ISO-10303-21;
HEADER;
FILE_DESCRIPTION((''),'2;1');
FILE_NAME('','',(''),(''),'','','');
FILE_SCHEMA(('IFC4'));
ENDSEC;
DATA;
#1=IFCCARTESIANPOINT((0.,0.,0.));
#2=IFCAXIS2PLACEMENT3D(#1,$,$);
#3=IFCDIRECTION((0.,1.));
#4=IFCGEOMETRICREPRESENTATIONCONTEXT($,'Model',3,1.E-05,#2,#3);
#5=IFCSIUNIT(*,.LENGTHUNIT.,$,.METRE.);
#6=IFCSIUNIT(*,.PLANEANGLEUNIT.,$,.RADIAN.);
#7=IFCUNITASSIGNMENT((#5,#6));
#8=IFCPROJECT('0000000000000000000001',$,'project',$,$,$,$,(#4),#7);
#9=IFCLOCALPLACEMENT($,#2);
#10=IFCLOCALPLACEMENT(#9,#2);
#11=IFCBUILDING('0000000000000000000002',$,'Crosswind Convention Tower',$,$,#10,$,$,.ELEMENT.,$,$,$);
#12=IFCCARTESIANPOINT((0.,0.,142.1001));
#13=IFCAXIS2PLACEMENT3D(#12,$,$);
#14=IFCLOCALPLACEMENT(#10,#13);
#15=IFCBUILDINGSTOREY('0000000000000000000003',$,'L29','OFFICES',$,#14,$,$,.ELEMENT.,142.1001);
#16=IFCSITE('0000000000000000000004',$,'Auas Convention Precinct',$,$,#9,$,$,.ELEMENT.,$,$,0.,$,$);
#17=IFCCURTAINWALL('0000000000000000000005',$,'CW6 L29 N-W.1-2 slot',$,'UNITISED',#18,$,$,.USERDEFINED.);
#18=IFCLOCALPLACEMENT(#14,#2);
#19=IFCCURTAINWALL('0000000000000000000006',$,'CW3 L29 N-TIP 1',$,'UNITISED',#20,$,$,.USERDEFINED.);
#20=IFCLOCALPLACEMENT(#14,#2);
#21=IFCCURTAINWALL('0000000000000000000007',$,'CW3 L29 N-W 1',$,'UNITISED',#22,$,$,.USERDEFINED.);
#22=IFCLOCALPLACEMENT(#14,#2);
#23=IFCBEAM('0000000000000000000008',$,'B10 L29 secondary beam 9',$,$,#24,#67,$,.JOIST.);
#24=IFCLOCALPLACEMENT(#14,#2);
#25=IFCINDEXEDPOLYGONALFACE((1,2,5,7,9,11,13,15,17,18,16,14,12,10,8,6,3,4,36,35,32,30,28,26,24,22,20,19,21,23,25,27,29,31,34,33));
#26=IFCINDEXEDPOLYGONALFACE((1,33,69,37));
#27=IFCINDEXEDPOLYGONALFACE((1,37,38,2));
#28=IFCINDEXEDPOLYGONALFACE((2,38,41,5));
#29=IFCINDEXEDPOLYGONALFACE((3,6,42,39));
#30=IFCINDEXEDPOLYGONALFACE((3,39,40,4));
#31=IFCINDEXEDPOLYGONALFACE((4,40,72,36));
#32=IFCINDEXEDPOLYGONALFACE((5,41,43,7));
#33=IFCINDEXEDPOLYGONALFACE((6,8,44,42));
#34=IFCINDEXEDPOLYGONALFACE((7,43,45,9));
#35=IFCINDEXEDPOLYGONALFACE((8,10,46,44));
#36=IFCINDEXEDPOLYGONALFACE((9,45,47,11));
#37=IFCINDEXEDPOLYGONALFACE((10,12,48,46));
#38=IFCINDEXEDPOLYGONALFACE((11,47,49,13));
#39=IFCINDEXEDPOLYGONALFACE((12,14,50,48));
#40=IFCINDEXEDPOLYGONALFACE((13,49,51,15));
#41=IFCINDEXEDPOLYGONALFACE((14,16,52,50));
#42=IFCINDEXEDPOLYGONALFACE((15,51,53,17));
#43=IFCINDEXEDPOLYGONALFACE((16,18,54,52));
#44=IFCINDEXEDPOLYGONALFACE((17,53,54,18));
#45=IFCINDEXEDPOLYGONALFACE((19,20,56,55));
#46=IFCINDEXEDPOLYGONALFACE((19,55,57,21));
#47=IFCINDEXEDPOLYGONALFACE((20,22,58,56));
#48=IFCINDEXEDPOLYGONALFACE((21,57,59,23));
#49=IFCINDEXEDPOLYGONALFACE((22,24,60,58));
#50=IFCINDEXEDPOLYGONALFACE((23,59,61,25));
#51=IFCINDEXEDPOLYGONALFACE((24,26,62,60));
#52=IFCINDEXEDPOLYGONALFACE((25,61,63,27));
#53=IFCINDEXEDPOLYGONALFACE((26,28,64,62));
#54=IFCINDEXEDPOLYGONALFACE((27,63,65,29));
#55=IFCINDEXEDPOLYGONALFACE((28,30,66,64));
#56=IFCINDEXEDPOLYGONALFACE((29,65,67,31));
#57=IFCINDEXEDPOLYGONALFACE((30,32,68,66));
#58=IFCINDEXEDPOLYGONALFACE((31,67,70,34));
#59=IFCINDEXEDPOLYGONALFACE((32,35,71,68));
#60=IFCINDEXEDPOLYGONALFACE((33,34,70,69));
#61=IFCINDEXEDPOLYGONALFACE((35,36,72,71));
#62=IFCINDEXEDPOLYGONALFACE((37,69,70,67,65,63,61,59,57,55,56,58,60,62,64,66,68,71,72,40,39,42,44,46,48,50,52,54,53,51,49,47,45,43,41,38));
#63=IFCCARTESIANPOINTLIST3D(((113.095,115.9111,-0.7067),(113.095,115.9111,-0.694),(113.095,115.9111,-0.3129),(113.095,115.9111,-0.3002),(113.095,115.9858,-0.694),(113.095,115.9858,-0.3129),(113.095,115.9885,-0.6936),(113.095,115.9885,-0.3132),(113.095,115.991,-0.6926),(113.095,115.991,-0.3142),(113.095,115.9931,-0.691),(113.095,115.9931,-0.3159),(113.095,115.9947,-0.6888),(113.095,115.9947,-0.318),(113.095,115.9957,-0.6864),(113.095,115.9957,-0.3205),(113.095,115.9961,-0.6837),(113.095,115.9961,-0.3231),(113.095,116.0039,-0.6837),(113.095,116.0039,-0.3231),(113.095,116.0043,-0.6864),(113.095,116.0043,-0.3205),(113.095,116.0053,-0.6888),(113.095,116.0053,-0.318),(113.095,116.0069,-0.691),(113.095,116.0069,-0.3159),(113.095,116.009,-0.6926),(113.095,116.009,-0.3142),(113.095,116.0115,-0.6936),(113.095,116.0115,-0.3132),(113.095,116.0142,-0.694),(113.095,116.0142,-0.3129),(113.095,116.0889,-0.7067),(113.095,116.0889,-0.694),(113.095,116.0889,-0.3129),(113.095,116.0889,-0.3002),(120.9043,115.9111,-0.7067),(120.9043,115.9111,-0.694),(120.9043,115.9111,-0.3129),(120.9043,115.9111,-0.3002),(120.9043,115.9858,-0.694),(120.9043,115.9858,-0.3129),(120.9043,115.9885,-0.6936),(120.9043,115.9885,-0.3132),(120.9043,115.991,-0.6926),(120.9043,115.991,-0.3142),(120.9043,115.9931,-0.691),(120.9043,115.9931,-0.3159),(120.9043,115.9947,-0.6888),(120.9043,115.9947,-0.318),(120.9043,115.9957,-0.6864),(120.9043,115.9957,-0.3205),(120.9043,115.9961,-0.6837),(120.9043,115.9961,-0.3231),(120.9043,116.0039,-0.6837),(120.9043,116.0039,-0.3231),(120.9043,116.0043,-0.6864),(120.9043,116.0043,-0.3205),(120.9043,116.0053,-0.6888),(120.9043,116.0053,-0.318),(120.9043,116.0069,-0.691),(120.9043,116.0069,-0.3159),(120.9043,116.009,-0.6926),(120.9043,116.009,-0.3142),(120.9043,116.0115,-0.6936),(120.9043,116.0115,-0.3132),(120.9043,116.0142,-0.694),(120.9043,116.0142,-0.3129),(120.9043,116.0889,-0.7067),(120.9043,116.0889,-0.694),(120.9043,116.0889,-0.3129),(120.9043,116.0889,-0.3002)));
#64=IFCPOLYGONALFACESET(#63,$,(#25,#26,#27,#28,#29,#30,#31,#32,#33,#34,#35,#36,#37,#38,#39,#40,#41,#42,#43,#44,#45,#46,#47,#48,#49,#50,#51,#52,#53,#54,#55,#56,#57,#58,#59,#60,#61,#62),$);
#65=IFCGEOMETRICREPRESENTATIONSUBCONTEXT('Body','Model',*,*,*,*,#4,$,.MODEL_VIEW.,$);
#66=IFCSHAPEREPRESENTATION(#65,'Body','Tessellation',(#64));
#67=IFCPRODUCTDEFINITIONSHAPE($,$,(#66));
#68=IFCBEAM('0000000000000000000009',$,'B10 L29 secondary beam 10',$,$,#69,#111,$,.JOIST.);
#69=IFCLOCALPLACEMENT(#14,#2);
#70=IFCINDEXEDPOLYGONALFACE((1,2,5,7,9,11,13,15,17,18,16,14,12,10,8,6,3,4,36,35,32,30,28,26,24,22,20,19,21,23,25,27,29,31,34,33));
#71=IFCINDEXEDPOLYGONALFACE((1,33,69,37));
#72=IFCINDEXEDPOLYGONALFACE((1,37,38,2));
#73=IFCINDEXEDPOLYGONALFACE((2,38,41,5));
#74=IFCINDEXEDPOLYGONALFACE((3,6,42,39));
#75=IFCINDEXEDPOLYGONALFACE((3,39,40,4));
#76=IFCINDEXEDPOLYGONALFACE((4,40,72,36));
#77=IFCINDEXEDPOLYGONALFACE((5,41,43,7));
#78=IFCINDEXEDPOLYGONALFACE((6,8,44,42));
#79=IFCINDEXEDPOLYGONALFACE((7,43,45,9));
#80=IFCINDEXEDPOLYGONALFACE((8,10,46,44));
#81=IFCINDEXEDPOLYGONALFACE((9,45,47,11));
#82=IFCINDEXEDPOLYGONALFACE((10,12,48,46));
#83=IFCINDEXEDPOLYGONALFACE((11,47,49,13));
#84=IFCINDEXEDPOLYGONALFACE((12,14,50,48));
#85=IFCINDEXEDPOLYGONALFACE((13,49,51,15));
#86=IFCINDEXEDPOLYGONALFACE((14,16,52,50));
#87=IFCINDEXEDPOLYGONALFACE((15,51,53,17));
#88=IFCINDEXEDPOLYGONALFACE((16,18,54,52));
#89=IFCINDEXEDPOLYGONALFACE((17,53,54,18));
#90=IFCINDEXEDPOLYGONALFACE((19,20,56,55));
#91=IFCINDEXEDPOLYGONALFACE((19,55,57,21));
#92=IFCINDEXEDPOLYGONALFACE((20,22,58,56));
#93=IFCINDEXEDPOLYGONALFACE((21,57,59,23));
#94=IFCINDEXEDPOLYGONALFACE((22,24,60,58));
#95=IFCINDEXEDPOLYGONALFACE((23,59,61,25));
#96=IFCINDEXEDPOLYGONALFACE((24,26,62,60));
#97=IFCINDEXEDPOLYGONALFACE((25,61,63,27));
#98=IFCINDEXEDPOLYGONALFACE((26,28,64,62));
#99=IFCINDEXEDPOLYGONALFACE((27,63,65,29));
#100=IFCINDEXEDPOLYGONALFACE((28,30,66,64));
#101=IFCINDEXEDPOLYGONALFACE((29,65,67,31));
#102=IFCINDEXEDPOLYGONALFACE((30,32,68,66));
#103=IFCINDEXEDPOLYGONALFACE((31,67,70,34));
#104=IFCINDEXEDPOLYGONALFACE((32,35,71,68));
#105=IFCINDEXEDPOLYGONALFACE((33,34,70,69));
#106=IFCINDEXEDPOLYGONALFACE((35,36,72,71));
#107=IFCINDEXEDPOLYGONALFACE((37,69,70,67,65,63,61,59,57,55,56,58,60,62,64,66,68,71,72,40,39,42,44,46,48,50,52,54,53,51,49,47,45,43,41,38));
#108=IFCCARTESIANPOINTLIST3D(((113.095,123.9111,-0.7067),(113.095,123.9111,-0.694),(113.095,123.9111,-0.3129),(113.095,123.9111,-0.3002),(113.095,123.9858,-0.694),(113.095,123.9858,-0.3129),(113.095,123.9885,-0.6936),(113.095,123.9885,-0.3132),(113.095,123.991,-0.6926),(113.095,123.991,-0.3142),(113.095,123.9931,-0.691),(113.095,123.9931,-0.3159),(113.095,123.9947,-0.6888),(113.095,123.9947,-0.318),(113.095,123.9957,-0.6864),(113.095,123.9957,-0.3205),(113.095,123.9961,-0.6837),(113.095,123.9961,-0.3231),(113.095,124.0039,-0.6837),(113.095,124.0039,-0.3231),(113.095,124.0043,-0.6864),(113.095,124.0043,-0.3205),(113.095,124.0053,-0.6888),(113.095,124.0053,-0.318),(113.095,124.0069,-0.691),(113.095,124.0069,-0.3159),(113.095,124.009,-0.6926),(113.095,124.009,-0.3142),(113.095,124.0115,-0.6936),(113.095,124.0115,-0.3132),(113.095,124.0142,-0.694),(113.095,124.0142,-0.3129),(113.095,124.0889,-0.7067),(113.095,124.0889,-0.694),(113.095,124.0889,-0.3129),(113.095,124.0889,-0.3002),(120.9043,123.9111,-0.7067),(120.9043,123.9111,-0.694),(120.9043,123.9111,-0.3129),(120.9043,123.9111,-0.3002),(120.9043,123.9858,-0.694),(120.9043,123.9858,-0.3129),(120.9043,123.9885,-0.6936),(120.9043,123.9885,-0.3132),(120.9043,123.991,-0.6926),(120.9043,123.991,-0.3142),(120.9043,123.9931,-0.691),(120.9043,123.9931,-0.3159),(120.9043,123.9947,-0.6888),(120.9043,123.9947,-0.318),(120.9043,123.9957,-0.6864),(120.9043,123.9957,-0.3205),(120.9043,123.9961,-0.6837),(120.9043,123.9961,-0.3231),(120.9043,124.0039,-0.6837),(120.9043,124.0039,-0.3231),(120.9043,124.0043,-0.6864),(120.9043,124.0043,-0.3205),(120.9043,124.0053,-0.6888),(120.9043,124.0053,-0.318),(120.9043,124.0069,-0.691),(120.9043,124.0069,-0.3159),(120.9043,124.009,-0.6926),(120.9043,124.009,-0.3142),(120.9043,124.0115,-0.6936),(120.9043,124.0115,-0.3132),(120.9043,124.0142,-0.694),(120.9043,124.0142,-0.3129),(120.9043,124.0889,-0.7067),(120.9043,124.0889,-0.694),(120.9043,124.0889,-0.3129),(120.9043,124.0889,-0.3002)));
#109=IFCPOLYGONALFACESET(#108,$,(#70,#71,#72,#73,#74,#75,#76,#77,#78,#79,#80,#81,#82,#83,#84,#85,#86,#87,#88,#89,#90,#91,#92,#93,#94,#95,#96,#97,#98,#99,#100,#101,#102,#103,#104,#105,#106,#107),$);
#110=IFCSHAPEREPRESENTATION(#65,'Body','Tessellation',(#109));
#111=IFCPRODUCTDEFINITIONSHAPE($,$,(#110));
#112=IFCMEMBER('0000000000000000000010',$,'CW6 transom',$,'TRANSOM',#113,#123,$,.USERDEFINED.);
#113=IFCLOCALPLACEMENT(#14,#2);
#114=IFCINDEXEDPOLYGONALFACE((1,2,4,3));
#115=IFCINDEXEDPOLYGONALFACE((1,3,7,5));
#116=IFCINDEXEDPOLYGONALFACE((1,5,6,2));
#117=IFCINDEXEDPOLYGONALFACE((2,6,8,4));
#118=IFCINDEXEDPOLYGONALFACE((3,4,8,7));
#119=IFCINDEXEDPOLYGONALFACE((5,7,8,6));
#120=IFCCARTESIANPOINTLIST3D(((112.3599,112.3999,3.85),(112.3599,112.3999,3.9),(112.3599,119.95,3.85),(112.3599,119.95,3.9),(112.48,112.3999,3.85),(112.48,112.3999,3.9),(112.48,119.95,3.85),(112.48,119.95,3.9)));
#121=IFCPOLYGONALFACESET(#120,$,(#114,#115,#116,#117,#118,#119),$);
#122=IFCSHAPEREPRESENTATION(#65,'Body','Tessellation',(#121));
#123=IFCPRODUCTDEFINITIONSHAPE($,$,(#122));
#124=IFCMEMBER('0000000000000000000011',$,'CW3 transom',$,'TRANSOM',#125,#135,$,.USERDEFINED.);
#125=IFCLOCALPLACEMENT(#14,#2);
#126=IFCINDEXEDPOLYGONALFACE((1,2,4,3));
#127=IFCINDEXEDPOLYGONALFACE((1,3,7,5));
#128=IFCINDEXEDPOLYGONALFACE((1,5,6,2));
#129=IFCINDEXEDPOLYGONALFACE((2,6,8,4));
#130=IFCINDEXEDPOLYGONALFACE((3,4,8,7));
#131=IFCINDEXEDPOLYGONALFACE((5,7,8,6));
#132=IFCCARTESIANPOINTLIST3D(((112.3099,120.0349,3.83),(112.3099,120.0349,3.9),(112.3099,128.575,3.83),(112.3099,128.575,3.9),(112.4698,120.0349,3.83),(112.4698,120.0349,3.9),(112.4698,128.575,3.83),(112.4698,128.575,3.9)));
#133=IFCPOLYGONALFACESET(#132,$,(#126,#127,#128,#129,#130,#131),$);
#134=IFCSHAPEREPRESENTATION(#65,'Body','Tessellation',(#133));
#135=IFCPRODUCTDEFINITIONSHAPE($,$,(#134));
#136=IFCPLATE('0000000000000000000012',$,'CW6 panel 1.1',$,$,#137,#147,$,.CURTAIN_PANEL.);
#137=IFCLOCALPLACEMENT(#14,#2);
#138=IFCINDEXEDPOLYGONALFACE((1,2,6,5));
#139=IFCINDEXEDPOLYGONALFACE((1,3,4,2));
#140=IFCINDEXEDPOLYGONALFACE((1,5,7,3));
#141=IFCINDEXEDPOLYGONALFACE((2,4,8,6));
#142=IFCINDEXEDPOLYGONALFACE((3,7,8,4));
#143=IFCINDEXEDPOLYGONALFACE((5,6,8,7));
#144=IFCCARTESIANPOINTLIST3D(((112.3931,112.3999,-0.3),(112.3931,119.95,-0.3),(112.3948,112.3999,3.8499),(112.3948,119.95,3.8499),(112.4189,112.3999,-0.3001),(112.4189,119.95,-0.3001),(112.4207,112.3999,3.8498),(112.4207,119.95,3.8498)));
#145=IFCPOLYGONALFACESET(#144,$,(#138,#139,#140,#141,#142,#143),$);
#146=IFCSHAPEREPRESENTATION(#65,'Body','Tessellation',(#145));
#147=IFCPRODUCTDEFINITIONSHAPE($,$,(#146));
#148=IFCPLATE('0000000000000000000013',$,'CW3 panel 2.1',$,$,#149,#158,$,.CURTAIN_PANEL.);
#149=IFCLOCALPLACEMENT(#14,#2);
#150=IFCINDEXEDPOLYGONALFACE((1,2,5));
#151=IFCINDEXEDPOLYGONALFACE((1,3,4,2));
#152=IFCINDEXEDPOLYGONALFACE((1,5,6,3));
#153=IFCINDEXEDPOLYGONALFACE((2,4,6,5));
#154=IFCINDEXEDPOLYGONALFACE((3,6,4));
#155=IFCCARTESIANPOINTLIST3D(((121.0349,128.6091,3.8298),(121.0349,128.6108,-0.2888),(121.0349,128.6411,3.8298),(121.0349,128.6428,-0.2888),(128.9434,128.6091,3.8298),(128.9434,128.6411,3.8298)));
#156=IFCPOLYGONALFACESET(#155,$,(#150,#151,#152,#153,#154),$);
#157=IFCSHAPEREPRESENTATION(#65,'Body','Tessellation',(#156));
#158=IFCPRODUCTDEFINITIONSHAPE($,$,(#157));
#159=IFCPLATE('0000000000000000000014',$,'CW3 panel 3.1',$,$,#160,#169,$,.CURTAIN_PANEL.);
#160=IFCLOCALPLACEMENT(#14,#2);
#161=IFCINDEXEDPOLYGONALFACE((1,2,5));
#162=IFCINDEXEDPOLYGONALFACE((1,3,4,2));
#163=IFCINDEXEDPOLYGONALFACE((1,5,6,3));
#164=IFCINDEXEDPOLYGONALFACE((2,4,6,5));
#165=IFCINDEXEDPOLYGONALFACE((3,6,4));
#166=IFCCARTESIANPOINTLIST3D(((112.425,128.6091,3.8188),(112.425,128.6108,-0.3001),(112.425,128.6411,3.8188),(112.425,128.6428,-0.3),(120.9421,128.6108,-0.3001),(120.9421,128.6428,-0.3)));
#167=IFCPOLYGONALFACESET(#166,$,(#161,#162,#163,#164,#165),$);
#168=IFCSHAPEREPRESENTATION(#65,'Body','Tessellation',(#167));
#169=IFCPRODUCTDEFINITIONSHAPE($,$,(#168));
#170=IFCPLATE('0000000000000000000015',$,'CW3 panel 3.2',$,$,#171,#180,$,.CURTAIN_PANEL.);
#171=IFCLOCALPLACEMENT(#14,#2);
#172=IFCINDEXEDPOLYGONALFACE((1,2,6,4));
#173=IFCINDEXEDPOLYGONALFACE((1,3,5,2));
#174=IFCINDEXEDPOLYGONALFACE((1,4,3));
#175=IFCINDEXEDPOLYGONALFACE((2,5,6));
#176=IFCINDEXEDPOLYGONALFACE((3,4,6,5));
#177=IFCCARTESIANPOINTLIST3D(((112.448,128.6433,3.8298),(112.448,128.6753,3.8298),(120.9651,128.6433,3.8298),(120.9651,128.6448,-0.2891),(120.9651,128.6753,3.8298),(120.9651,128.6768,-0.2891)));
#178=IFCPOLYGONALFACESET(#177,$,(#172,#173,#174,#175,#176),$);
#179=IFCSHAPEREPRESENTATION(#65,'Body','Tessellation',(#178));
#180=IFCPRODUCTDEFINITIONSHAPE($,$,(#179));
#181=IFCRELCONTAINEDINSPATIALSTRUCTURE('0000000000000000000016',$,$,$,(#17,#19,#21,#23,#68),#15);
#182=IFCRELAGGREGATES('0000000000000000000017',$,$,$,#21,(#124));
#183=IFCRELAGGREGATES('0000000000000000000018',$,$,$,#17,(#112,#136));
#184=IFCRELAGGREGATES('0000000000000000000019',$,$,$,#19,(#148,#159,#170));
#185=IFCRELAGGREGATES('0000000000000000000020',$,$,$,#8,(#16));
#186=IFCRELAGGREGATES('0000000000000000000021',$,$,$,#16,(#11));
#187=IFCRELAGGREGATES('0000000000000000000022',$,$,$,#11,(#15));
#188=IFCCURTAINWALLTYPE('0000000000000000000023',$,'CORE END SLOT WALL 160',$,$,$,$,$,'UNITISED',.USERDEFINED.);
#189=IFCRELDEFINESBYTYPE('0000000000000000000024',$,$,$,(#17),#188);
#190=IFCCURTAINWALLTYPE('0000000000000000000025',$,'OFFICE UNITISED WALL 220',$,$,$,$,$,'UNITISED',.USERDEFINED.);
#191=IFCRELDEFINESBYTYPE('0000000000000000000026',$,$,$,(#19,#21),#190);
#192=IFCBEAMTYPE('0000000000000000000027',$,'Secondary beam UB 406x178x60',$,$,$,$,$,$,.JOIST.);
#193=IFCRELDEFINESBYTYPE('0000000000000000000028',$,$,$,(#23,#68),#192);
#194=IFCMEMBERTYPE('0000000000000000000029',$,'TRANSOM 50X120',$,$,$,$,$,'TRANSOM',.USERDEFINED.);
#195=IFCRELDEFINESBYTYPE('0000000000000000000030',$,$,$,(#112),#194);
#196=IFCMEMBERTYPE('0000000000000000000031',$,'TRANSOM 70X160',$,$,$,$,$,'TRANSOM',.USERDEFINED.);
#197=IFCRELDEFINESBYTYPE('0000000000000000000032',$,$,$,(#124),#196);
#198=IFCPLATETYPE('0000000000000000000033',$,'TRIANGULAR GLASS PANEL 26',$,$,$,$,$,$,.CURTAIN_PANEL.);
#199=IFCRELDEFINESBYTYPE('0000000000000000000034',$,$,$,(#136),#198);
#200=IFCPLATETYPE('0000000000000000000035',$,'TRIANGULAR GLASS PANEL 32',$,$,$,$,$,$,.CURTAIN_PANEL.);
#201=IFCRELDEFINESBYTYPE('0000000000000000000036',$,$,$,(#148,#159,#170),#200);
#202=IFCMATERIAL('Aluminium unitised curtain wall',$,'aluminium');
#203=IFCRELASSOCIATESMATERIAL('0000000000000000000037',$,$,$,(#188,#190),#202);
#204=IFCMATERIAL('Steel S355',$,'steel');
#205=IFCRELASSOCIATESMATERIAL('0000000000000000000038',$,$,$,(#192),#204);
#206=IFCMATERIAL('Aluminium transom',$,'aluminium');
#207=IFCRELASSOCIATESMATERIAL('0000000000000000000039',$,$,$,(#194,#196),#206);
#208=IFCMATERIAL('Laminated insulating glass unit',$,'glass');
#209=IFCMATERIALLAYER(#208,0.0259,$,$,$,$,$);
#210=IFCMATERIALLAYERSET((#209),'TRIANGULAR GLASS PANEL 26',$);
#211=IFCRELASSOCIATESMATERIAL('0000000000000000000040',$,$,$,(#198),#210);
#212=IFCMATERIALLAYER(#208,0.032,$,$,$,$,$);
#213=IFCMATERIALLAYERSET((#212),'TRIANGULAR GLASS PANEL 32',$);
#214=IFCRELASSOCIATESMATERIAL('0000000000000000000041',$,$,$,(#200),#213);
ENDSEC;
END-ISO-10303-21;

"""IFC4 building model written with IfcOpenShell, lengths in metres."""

from ifc_helpers import new_model, si_unit, direction, frame, origin, origin_2d, place, context, subcontext, project, spatial, polyline, rectangle, i_section, outline, extrude, material, layer, layer_set, material_profile, profile_set, type_object, element, aggregate, save


model = new_model("IFC4")

# Units and contexts
model_context = context("Model", 3, precision=1e-05, world=origin(), true_north=direction((0.0, 1.0)))
body_context = subcontext(model_context, "Body", "Model", "MODEL_VIEW")
ifc_project = project(units=[si_unit("LENGTHUNIT", "METRE"), si_unit("PLANEANGLEUNIT", "RADIAN")], contexts=[model_context])

# Site, building, storey
site_placement = place(None, origin())
site = spatial("IfcSite", under=ifc_project, at=site_placement, Name="Auas Convention Precinct", CompositionType="ELEMENT", RefElevation=0.0)
building_placement = place(site_placement, origin())
building = spatial("IfcBuilding", under=site, at=building_placement, Name="Crosswind Convention Tower", CompositionType="ELEMENT")
storey_placement = place(building_placement, frame((0.0, 0.0, 142.1001)))
storey = spatial("IfcBuildingStorey", under=building, at=storey_placement, Name="L29", Description="OFFICES", CompositionType="ELEMENT", Elevation=142.1001)

# Shared definitions
ifc_material_1 = material(Name="Steel S355", Category="steel")

# Curtain wall
ifc_material_2 = material(Name="Aluminium unitised curtain wall", Category="aluminium")
curtain_wall_type_1 = type_object("IfcCurtainWallType", Name="CORE END SLOT WALL 160", ElementType="UNITISED", PredefinedType="USERDEFINED", material=ifc_material_2)
curtain_wall_1_placement = place(storey_placement, origin())
curtain_wall_1 = element("IfcCurtainWall", 1, at=curtain_wall_1_placement, inside=storey, type_object=curtain_wall_type_1, Name="CW6 L29 N-W.1-2 slot", ObjectType="UNITISED", PredefinedType="USERDEFINED")

# Curtain wall
curtain_wall_type_2 = type_object("IfcCurtainWallType", Name="OFFICE UNITISED WALL 220", ElementType="UNITISED", PredefinedType="USERDEFINED", material=ifc_material_2)
curtain_wall_2_placement = place(storey_placement, origin())
curtain_wall_2 = element("IfcCurtainWall", 2, at=curtain_wall_2_placement, inside=storey, type_object=curtain_wall_type_2, Name="CW3 L29 N-TIP 1", ObjectType="UNITISED", PredefinedType="USERDEFINED")

# Curtain wall
curtain_wall_3_placement = place(storey_placement, origin())
curtain_wall_3 = element("IfcCurtainWall", 3, at=curtain_wall_3_placement, inside=storey, type_object=curtain_wall_type_2, Name="CW3 L29 N-W 1", ObjectType="UNITISED", PredefinedType="USERDEFINED")

# Beams
ifc_material_profile_1 = material_profile(ifc_material_1, i_section(OverallWidth=0.1777, OverallDepth=0.4065, WebThickness=0.0078, FlangeThickness=0.0127, FilletRadius=0.0103, at=origin_2d()), Name="UB 406x178x60")
ifc_profile_set_1 = profile_set([ifc_material_profile_1], Name="Steel S355")
beam_type_1 = type_object("IfcBeamType", Name="Secondary beam UB 406x178x60", PredefinedType="JOIST", material=ifc_profile_set_1)
for number, where, z_axis, x_axis, name in (
    (4, (113.095, 116.0, -0.5034), (1.0, 0.0, 0.0), (0.0, 1.0, 0.0), "B10 L29 secondary beam 9"),
    (5, (113.095, 124.0, -0.5034), (1.0, 0.0, 0.0), (0.0, 1.0, 0.0), "B10 L29 secondary beam 10"),
):
    element("IfcBeam", number, at=place(storey_placement, frame(where, z_axis=z_axis, x_axis=x_axis)), inside=storey, type_object=beam_type_1, Name=name, PredefinedType="JOIST", context=body_context, shape_type="SweptSolid", body=[
        extrude(i_section(OverallWidth=0.1777, OverallDepth=0.4065, WebThickness=0.0078, FlangeThickness=0.0127, FilletRadius=0.0103, at=origin_2d()), origin(), (0.0, 0.0, 1.0), 7.8093),
    ])

# Members
ifc_material_3 = material(Name="Aluminium transom", Category="aluminium")
ifc_material_profile_2 = material_profile(ifc_material_3, rectangle(XDim=0.1201, YDim=0.05, at=origin_2d()), Name="AL 120X50")
ifc_profile_set_2 = profile_set([ifc_material_profile_2], Name="Aluminium transom")
member_type_1 = type_object("IfcMemberType", Name="TRANSOM 50X120", ElementType="TRANSOM", PredefinedType="USERDEFINED", material=ifc_profile_set_2)
member_1_placement = place(storey_placement, frame((112.4199, 119.95, 3.875), z_axis=(0.0, -1.0, 0.0), x_axis=(1.0, 0.0, 0.0)))
member_1 = element("IfcMember", 6, at=member_1_placement, type_object=member_type_1, Name="CW6 transom", ObjectType="TRANSOM", PredefinedType="USERDEFINED", context=body_context, shape_type="SweptSolid", body=[
    extrude(rectangle(XDim=0.1201, YDim=0.05, at=origin_2d()), origin(), (0.0, 0.0, 1.0), 7.55),
])
ifc_material_profile_3 = material_profile(ifc_material_3, rectangle(XDim=0.1599, YDim=0.0701, at=origin_2d()), Name="AL 160X70")
ifc_profile_set_3 = profile_set([ifc_material_profile_3], Name="Aluminium transom")
member_type_2 = type_object("IfcMemberType", Name="TRANSOM 70X160", ElementType="TRANSOM", PredefinedType="USERDEFINED", material=ifc_profile_set_3)
member_2_placement = place(storey_placement, frame((112.3899, 128.575, 3.865), z_axis=(0.0, -1.0, 0.0), x_axis=(1.0, 0.0, 0.0)))
member_2 = element("IfcMember", 7, at=member_2_placement, type_object=member_type_2, Name="CW3 transom", ObjectType="TRANSOM", PredefinedType="USERDEFINED", context=body_context, shape_type="SweptSolid", body=[
    extrude(rectangle(XDim=0.1599, YDim=0.0701, at=origin_2d()), origin(), (0.0, 0.0, 1.0), 8.54),
])
aggregate(curtain_wall_3, [member_2])

# Plates
ifc_material_4 = material(Name="Laminated insulating glass unit", Category="glass")
ifc_layer_1 = layer(ifc_material_4, 0.0259)
ifc_layer_set_1 = layer_set([ifc_layer_1], Name="TRIANGULAR GLASS PANEL 26")
plate_type_1 = type_object("IfcPlateType", Name="TRIANGULAR GLASS PANEL 26", PredefinedType="CURTAIN_PANEL", material=ifc_layer_set_1)
plate_1_placement = place(storey_placement, frame((112.3931, 119.95, -0.3), z_axis=(-1.0, 0.0, 0.000412), x_axis=(0.0, -1.0, 0.0)))
plate_1 = element("IfcPlate", 8, at=plate_1_placement, type_object=plate_type_1, Name="CW6 panel 1.1", PredefinedType="CURTAIN_PANEL", context=body_context, shape_type="SweptSolid", body=[
    extrude(outline(polyline([(0.0, 0.0), (7.55, 0.0), (7.55, 4.1499), (0.0, 4.1499), (0.0, 0.0)])), origin(), (0.0, 0.0, -1.0), 0.0259),
])
aggregate(curtain_wall_1, [member_1, plate_1])
ifc_layer_2 = layer(ifc_material_4, 0.032)
ifc_layer_set_2 = layer_set([ifc_layer_2], Name="TRIANGULAR GLASS PANEL 32")
plate_type_2 = type_object("IfcPlateType", Name="TRIANGULAR GLASS PANEL 32", PredefinedType="CURTAIN_PANEL", material=ifc_layer_set_2)
plate_2_placement = place(storey_placement, frame((121.0349, 128.6411, 3.8298), z_axis=(0.0, 1.0, 0.000415), x_axis=(1.0, 0.0, 0.0)))
plate_2 = element("IfcPlate", 9, at=plate_2_placement, type_object=plate_type_2, Name="CW3 panel 2.1", PredefinedType="CURTAIN_PANEL", context=body_context, shape_type="SweptSolid", body=[
    extrude(outline(polyline([(0.0, 0.0), (7.9084, 0.0), (0.0, 4.1187), (0.0, 0.0)])), origin(), (0.0, 0.0, -1.0), 0.032),
])
plate_3_placement = place(storey_placement, frame((112.425, 128.6428, -0.3), z_axis=(0.0, 1.0, 0.000415), x_axis=(0.0, -0.000415, 1.0)))
plate_3 = element("IfcPlate", 10, at=plate_3_placement, type_object=plate_type_2, Name="CW3 panel 3.1", PredefinedType="CURTAIN_PANEL", context=body_context, shape_type="SweptSolid", body=[
    extrude(outline(polyline([(0.0, 0.0), (4.1189, 0.0), (0.0, 8.5171), (0.0, 0.0)])), origin(), (0.0, 0.0, -1.0), 0.032),
])
plate_4_placement = place(storey_placement, frame((120.9651, 128.6753, 3.8298), z_axis=(0.0, 1.0, 0.000356), x_axis=(0.0, 0.000356, -1.0)))
plate_4 = element("IfcPlate", 11, at=plate_4_placement, type_object=plate_type_2, Name="CW3 panel 3.2", PredefinedType="CURTAIN_PANEL", context=body_context, shape_type="SweptSolid", body=[
    extrude(outline(polyline([(0.0, 0.0), (4.1189, 0.0), (0.0, 8.5171), (0.0, 0.0)])), origin(), (0.0, 0.0, -1.0), 0.032),
])
aggregate(curtain_wall_2, [plate_2, plate_3, plate_4])

save(model, "model.ifc")
